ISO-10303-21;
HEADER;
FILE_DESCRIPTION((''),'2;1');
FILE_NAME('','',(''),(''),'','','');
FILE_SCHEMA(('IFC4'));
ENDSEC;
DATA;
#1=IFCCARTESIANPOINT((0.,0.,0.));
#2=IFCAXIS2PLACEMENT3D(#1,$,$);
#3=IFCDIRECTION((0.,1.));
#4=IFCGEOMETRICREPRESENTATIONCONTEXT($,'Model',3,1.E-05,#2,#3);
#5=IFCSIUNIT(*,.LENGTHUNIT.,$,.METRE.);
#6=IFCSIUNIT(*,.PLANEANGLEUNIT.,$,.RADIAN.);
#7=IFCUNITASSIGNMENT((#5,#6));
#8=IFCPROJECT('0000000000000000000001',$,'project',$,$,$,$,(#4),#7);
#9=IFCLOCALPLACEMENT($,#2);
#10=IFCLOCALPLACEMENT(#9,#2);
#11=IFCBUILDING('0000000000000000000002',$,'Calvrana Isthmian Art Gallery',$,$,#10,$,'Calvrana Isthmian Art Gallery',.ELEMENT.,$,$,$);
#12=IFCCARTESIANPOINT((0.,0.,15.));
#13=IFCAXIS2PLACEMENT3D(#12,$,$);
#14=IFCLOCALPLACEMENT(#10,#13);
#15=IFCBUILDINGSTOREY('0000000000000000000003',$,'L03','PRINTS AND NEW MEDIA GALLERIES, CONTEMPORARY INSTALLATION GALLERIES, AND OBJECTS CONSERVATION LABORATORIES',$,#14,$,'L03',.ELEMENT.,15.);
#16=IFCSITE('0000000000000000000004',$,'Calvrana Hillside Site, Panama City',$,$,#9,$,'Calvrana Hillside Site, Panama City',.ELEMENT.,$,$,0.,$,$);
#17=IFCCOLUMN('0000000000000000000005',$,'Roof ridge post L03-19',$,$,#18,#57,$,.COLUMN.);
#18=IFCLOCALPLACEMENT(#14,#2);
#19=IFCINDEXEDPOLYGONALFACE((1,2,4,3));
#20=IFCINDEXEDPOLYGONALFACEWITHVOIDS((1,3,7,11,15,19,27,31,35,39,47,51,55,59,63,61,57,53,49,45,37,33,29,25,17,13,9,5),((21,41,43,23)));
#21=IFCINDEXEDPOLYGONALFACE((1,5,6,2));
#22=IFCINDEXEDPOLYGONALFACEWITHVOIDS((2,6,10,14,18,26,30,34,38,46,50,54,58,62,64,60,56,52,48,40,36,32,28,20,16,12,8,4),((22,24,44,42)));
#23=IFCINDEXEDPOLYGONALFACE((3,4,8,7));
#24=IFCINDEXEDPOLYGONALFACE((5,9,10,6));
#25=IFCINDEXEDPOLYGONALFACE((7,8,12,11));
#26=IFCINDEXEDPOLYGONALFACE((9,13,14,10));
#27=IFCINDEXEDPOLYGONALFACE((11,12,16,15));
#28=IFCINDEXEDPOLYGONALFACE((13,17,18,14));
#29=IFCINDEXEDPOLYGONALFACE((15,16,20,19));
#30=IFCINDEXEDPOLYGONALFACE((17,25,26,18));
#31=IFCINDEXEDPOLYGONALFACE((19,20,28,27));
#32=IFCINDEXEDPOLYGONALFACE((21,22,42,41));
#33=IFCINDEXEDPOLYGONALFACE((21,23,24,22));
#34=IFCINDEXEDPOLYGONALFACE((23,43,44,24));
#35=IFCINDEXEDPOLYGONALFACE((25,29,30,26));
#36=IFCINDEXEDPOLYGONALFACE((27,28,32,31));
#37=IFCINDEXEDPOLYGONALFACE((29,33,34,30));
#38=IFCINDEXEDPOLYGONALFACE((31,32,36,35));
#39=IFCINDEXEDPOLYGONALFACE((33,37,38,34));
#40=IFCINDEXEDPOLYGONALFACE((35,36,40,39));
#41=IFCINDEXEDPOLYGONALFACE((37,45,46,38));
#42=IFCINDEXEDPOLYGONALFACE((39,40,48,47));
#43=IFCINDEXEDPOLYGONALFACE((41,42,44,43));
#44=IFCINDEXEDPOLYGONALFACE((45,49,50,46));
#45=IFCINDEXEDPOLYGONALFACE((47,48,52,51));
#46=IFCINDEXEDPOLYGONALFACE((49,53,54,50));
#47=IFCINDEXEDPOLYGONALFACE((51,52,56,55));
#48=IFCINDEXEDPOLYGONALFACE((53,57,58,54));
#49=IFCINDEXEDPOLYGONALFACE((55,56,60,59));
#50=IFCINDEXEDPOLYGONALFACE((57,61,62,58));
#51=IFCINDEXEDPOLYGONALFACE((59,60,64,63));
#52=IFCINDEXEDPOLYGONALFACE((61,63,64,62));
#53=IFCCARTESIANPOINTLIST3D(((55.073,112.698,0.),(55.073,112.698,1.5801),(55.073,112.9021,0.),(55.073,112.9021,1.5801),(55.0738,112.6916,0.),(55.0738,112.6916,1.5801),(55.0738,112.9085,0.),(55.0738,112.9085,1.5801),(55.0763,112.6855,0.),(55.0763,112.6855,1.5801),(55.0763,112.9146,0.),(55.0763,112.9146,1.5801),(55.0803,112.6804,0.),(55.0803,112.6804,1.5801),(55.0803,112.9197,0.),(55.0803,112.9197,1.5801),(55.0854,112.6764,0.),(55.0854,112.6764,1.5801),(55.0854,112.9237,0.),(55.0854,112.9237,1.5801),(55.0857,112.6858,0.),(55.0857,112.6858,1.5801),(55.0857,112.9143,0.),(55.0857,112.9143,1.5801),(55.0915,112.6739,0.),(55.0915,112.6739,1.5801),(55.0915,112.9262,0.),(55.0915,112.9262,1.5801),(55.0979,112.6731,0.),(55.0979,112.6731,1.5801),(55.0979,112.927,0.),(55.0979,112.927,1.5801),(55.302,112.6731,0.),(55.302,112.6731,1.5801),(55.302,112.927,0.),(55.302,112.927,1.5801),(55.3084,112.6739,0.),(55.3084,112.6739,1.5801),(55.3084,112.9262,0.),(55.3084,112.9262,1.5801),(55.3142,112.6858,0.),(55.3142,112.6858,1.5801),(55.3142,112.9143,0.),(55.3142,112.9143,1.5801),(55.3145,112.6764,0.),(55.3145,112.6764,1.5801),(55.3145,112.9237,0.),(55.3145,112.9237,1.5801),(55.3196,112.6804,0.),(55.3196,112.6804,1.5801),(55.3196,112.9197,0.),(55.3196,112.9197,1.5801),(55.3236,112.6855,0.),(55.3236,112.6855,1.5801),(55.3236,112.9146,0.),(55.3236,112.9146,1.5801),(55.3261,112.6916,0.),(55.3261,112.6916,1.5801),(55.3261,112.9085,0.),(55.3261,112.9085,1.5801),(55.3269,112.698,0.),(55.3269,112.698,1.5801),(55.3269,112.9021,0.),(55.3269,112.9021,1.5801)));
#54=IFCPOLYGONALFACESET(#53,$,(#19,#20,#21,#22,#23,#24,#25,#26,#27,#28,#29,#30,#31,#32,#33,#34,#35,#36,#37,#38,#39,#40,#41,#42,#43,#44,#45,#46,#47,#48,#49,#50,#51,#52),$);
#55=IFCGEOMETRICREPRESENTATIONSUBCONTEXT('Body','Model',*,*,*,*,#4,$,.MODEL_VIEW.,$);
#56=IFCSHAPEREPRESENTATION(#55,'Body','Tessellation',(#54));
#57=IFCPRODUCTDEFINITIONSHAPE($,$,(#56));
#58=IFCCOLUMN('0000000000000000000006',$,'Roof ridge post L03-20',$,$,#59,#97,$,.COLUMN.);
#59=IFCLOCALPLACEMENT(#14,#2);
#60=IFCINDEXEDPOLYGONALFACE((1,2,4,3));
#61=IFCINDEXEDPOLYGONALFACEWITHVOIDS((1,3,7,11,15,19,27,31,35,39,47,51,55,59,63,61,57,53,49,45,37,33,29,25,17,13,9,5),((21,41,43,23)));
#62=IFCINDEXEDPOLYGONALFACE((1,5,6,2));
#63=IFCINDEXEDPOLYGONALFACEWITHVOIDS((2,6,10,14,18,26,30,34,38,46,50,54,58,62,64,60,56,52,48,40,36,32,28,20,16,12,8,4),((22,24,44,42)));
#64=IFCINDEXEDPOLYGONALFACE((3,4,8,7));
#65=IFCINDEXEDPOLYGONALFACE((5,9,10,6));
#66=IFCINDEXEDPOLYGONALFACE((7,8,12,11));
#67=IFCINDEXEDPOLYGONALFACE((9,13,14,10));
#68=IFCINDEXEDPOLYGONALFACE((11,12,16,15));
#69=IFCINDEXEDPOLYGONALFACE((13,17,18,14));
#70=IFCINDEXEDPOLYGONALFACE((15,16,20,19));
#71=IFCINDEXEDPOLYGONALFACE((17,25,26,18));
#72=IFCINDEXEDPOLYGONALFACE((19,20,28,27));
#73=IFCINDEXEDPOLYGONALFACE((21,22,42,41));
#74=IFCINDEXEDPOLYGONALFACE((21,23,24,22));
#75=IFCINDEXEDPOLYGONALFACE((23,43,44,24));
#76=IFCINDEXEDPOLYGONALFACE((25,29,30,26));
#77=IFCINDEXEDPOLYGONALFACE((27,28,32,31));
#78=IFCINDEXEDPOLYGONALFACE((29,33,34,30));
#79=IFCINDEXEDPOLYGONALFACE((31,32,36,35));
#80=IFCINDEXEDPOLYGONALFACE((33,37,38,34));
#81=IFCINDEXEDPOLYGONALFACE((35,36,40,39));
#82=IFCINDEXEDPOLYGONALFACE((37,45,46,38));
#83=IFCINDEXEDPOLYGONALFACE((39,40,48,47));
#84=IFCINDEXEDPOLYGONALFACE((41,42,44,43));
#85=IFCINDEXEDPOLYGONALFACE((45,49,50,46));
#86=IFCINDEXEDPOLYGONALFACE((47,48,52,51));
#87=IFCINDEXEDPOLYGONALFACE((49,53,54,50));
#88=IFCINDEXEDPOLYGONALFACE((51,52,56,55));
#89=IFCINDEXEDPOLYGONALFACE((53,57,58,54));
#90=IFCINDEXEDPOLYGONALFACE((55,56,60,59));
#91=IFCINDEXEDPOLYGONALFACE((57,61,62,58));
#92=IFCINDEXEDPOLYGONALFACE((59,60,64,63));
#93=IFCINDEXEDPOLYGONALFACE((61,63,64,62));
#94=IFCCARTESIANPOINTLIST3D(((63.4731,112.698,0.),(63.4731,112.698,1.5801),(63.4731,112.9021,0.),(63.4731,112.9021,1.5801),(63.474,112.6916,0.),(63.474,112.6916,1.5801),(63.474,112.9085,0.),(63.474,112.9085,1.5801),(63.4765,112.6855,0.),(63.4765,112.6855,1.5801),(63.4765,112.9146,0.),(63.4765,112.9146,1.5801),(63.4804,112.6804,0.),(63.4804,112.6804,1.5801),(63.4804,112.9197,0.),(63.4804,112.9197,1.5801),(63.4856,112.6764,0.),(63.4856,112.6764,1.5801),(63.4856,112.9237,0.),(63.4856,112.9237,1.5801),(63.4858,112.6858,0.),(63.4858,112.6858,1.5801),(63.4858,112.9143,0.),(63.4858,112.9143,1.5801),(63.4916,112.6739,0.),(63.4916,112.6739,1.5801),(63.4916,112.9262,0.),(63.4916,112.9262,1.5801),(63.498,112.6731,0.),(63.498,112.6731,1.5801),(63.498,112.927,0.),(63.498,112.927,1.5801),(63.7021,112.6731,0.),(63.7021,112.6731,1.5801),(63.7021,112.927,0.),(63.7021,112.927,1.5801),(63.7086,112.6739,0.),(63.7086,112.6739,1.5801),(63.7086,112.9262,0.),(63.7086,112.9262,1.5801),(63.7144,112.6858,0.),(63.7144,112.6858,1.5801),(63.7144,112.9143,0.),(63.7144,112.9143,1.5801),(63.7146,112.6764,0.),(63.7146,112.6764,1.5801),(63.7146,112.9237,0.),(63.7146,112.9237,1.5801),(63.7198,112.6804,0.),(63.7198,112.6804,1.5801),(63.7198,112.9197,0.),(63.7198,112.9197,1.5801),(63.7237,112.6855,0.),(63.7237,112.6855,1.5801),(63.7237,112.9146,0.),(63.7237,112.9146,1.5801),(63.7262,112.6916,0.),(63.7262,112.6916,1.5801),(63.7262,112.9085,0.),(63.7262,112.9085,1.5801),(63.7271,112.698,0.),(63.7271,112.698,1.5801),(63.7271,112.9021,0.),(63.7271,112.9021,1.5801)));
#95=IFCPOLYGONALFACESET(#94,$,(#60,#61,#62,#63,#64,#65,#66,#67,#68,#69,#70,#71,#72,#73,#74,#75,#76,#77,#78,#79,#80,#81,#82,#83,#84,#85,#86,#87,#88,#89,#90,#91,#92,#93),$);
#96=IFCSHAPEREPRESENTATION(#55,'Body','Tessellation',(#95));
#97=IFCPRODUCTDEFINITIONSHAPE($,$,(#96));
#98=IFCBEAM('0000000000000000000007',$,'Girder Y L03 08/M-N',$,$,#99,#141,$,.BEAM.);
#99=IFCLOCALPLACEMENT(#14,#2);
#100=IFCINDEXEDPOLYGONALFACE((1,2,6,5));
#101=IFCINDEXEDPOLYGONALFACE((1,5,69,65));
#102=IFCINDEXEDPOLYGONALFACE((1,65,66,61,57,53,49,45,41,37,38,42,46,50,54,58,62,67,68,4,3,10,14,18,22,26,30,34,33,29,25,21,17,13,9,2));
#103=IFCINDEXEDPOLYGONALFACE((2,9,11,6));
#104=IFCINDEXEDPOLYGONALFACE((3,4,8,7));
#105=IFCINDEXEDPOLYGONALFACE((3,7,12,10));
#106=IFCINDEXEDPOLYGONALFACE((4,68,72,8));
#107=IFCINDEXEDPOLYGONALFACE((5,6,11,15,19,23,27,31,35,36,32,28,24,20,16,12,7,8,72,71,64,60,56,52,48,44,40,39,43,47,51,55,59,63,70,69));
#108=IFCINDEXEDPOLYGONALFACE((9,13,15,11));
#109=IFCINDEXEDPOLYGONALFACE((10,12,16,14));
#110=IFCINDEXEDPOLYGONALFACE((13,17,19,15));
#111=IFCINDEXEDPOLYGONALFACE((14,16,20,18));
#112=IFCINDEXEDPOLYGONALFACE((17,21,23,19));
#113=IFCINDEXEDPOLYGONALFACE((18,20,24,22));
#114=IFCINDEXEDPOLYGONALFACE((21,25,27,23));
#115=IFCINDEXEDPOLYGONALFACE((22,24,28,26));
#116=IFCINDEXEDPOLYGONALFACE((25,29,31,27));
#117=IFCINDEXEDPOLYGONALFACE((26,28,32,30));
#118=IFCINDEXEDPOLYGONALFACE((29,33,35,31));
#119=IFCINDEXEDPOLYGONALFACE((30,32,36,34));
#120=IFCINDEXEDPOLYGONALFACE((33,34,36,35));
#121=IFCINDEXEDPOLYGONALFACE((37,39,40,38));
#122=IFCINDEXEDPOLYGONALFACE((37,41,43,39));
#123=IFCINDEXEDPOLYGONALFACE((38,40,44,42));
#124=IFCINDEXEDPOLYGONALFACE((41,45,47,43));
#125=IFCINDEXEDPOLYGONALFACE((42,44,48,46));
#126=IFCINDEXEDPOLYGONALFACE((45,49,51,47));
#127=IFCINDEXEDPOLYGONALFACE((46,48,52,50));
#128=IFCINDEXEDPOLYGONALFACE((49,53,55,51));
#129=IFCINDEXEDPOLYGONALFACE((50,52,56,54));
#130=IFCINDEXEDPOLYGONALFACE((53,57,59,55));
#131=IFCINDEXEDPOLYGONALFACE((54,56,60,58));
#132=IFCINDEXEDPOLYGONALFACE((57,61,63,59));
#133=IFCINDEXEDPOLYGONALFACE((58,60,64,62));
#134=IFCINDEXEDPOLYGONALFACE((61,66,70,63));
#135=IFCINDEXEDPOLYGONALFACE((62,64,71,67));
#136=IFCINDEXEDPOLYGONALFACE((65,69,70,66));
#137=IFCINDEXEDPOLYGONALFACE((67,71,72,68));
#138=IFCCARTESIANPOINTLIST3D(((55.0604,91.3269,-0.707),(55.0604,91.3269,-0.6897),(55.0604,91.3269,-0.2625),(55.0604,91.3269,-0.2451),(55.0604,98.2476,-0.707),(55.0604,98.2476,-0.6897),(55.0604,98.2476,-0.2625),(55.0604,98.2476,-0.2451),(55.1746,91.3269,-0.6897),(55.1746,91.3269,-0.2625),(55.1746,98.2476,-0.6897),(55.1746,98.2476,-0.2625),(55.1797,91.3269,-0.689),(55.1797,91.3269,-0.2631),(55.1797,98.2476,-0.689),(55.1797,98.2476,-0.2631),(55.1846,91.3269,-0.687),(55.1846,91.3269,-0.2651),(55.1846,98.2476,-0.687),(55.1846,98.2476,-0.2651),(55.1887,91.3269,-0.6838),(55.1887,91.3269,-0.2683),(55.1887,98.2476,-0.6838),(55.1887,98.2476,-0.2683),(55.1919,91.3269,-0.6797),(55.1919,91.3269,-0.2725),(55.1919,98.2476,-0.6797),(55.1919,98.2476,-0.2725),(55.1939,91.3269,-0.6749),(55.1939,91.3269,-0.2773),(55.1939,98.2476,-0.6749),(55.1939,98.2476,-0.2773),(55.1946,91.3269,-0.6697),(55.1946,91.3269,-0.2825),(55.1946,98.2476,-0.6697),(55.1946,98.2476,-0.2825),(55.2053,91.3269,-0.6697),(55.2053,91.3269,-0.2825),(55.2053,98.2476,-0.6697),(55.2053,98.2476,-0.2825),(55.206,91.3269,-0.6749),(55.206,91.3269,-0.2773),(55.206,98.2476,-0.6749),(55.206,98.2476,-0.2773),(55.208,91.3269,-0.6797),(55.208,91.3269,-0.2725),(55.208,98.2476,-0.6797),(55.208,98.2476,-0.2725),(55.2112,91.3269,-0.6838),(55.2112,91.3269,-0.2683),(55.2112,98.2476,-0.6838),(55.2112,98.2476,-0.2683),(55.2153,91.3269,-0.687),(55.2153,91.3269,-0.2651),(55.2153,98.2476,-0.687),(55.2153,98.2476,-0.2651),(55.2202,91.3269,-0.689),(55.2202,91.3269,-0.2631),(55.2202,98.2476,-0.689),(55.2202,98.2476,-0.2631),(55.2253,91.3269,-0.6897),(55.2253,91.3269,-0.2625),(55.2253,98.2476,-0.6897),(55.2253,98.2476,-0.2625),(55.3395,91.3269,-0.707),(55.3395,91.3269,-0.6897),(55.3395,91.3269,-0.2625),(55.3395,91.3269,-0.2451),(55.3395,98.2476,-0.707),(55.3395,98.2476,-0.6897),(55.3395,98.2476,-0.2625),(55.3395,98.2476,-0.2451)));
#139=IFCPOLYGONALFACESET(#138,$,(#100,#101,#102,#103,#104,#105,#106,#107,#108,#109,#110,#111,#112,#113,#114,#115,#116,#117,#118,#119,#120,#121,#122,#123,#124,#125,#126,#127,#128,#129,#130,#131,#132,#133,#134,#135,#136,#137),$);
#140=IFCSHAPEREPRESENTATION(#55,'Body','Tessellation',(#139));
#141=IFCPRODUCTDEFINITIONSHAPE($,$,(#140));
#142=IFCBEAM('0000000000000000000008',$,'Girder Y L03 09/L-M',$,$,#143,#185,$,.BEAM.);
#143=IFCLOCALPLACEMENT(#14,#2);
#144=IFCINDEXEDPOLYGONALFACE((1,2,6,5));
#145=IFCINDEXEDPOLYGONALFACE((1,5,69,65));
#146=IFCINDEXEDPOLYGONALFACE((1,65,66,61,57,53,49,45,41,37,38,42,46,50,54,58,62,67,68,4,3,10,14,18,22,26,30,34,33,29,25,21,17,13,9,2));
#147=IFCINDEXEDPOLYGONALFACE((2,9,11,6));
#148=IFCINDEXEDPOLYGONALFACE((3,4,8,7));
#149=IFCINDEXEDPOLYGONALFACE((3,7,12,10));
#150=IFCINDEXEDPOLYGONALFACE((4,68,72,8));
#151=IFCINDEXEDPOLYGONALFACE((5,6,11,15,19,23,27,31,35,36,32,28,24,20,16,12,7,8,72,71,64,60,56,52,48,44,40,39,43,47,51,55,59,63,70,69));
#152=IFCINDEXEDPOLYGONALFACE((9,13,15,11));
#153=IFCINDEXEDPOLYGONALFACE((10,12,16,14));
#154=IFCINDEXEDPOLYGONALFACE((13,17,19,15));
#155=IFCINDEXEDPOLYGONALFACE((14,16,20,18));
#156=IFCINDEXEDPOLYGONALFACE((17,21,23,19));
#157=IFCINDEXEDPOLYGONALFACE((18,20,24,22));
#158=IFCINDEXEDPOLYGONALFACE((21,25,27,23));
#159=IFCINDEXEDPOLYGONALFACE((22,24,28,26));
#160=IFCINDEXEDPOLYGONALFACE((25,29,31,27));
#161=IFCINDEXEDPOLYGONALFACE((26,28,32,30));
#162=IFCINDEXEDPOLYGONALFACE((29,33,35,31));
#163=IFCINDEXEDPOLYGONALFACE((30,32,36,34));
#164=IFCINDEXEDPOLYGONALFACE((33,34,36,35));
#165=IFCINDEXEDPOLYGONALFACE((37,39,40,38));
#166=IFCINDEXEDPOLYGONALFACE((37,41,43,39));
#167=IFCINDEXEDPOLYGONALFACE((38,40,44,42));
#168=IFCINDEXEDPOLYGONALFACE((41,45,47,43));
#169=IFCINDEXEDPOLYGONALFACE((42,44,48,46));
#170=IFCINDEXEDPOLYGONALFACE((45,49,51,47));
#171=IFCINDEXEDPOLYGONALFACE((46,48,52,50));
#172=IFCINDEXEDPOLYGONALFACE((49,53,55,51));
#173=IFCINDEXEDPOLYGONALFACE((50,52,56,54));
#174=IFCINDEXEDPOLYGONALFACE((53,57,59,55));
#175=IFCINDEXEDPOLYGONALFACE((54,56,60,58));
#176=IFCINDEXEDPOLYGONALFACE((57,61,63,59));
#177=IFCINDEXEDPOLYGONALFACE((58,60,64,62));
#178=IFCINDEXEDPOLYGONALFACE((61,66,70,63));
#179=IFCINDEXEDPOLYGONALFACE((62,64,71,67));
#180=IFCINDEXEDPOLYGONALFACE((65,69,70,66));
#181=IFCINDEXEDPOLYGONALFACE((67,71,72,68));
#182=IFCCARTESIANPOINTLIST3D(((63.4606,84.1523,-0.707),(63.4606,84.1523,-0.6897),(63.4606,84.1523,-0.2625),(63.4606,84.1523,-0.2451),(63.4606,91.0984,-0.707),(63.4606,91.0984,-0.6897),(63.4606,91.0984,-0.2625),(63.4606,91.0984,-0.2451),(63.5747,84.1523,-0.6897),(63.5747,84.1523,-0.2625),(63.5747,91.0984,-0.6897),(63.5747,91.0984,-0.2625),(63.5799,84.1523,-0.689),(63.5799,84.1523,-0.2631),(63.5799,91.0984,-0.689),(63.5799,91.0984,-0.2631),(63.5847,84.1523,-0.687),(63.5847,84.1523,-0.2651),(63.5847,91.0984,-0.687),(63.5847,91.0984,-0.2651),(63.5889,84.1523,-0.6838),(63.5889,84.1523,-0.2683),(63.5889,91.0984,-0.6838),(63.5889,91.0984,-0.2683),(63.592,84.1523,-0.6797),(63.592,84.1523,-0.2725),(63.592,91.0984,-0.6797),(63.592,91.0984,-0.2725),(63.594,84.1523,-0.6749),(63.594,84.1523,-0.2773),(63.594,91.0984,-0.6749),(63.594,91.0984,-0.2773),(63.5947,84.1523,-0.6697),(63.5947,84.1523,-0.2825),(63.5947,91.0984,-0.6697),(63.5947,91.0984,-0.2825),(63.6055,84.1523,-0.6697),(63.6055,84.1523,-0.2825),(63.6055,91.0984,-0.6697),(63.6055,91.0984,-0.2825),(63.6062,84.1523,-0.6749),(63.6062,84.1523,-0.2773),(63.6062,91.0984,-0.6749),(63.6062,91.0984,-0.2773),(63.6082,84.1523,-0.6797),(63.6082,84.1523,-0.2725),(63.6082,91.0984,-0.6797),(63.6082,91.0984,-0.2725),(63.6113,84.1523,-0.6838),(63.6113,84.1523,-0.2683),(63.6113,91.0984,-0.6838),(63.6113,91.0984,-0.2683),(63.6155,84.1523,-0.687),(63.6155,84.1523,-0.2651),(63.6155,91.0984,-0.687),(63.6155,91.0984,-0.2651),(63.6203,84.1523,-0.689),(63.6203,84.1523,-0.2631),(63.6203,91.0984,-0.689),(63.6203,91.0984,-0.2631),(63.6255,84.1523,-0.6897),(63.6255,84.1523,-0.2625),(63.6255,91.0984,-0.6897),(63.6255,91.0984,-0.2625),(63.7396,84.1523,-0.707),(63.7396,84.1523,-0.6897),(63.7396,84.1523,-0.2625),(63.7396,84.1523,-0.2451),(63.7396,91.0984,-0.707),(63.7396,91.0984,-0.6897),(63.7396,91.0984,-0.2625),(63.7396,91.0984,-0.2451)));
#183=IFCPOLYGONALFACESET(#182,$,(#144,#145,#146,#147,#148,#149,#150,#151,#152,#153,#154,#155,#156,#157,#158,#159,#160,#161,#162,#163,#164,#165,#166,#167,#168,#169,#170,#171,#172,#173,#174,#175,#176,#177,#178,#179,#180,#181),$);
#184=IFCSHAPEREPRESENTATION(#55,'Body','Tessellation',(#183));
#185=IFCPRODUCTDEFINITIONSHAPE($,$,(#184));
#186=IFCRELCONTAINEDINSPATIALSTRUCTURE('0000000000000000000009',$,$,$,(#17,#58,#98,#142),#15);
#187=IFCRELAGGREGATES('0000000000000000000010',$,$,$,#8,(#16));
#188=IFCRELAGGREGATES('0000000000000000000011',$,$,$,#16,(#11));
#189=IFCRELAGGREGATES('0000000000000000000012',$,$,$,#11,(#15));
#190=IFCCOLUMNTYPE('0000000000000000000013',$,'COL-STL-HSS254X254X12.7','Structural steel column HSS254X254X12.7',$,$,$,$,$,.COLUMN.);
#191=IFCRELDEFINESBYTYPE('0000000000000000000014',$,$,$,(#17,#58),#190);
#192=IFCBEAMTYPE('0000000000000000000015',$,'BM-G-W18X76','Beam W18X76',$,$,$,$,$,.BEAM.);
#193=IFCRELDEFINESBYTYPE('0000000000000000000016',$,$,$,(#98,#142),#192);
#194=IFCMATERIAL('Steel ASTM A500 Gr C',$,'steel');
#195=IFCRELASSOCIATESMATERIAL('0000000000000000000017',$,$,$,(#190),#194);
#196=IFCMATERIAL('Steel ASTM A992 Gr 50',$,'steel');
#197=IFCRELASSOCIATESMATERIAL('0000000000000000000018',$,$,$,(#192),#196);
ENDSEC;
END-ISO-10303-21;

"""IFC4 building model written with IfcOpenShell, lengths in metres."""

from ifc_helpers import new_model, si_unit, direction, frame, origin, origin_2d, place, context, subcontext, project, spatial, hollow_rectangle, i_section, extrude, material, material_profile, profile_set, type_object, element, save


model = new_model("IFC4")

# Units and contexts
model_context = context("Model", 3, precision=1e-05, world=origin(), true_north=direction((0.0, 1.0)))
body_context = subcontext(model_context, "Body", "Model", "MODEL_VIEW")
ifc_project = project(units=[si_unit("LENGTHUNIT", "METRE"), si_unit("PLANEANGLEUNIT", "RADIAN")], contexts=[model_context])

# Site, building, storey
site_placement = place(None, origin())
site = spatial("IfcSite", under=ifc_project, at=site_placement, Name="Calvrana Hillside Site, Panama City", LongName="Calvrana Hillside Site, Panama City", CompositionType="ELEMENT", RefElevation=0.0)
building_placement = place(site_placement, origin())
building = spatial("IfcBuilding", under=site, at=building_placement, Name="Calvrana Isthmian Art Gallery", LongName="Calvrana Isthmian Art Gallery", CompositionType="ELEMENT")
storey_placement = place(building_placement, frame((0.0, 0.0, 15.0)))
storey = spatial("IfcBuildingStorey", under=building, at=storey_placement, Name="L03", Description="PRINTS AND NEW MEDIA GALLERIES, CONTEMPORARY INSTALLATION GALLERIES, AND OBJECTS CONSERVATION LABORATORIES", LongName="L03", CompositionType="ELEMENT", Elevation=15.0)

# Columns
ifc_material_1 = material(Name="Steel ASTM A500 Gr C", Category="steel")
ifc_material_profile_1 = material_profile(ifc_material_1, hollow_rectangle(XDim=0.2539, YDim=0.2539, WallThickness=0.0127, OuterFilletRadius=0.0249, at=origin_2d()), Name="HSS254X254X12.7")
ifc_profile_set_1 = profile_set([ifc_material_profile_1], Name="Steel ASTM A500 Gr C")
column_type = type_object("IfcColumnType", Name="COL-STL-HSS254X254X12.7", Description="Structural steel column HSS254X254X12.7", PredefinedType="COLUMN", material=ifc_profile_set_1)
for number, where, z_axis, x_axis, name in (
    (1, (55.2, 112.8, 0.0), (0.0, 0.0, 1.0), (1.0, 0.0, 0.0), "Roof ridge post L03-19"),
    (2, (63.6001, 112.8, 0.0), (0.0, 0.0, 1.0), (1.0, 0.0, 0.0), "Roof ridge post L03-20"),
):
    element("IfcColumn", number, at=place(storey_placement, frame(where, z_axis=z_axis, x_axis=x_axis)), inside=storey, type_object=column_type, Name=name, PredefinedType="COLUMN", context=body_context, shape_type="SweptSolid", body=[
        extrude(hollow_rectangle(XDim=0.2539, YDim=0.2539, WallThickness=0.0127, OuterFilletRadius=0.0249, at=origin_2d()), origin(), (0.0, 0.0, 1.0), 1.5801),
    ])

# Beams
ifc_material_2 = material(Name="Steel ASTM A992 Gr 50", Category="steel")
ifc_material_profile_2 = material_profile(ifc_material_2, i_section(OverallWidth=0.2791, OverallDepth=0.4619, WebThickness=0.0107, FlangeThickness=0.0173, FilletRadius=0.02, at=origin_2d()), Name="W18X76")
ifc_profile_set_2 = profile_set([ifc_material_profile_2], Name="Steel ASTM A992 Gr 50")
beam_type_1 = type_object("IfcBeamType", Name="BM-G-W18X76", Description="Beam W18X76", PredefinedType="BEAM", material=ifc_profile_set_2)
beam_1_placement = place(storey_placement, frame((55.2, 91.3269, -0.4761), z_axis=(0.0, 1.0, 0.0), x_axis=(-1.0, 0.0, 0.0)))
element("IfcBeam", 3, at=beam_1_placement, inside=storey, type_object=beam_type_1, Name="Girder Y L03 08/M-N", PredefinedType="BEAM", context=body_context, shape_type="SweptSolid", body=[
    extrude(i_section(OverallWidth=0.2791, OverallDepth=0.4619, WebThickness=0.0107, FlangeThickness=0.0173, FilletRadius=0.02, at=origin_2d()), origin(), (0.0, 0.0, 1.0), 6.9207),
])
beam_2_placement = place(storey_placement, frame((63.6001, 84.1523, -0.4761), z_axis=(0.0, 1.0, 0.0), x_axis=(-1.0, 0.0, 0.0)))
element("IfcBeam", 4, at=beam_2_placement, inside=storey, type_object=beam_type_1, Name="Girder Y L03 09/L-M", PredefinedType="BEAM", context=body_context, shape_type="SweptSolid", body=[
    extrude(i_section(OverallWidth=0.2791, OverallDepth=0.4619, WebThickness=0.0107, FlangeThickness=0.0173, FilletRadius=0.02, at=origin_2d()), origin(), (0.0, 0.0, 1.0), 6.946),
])

save(model, "model.ifc")
